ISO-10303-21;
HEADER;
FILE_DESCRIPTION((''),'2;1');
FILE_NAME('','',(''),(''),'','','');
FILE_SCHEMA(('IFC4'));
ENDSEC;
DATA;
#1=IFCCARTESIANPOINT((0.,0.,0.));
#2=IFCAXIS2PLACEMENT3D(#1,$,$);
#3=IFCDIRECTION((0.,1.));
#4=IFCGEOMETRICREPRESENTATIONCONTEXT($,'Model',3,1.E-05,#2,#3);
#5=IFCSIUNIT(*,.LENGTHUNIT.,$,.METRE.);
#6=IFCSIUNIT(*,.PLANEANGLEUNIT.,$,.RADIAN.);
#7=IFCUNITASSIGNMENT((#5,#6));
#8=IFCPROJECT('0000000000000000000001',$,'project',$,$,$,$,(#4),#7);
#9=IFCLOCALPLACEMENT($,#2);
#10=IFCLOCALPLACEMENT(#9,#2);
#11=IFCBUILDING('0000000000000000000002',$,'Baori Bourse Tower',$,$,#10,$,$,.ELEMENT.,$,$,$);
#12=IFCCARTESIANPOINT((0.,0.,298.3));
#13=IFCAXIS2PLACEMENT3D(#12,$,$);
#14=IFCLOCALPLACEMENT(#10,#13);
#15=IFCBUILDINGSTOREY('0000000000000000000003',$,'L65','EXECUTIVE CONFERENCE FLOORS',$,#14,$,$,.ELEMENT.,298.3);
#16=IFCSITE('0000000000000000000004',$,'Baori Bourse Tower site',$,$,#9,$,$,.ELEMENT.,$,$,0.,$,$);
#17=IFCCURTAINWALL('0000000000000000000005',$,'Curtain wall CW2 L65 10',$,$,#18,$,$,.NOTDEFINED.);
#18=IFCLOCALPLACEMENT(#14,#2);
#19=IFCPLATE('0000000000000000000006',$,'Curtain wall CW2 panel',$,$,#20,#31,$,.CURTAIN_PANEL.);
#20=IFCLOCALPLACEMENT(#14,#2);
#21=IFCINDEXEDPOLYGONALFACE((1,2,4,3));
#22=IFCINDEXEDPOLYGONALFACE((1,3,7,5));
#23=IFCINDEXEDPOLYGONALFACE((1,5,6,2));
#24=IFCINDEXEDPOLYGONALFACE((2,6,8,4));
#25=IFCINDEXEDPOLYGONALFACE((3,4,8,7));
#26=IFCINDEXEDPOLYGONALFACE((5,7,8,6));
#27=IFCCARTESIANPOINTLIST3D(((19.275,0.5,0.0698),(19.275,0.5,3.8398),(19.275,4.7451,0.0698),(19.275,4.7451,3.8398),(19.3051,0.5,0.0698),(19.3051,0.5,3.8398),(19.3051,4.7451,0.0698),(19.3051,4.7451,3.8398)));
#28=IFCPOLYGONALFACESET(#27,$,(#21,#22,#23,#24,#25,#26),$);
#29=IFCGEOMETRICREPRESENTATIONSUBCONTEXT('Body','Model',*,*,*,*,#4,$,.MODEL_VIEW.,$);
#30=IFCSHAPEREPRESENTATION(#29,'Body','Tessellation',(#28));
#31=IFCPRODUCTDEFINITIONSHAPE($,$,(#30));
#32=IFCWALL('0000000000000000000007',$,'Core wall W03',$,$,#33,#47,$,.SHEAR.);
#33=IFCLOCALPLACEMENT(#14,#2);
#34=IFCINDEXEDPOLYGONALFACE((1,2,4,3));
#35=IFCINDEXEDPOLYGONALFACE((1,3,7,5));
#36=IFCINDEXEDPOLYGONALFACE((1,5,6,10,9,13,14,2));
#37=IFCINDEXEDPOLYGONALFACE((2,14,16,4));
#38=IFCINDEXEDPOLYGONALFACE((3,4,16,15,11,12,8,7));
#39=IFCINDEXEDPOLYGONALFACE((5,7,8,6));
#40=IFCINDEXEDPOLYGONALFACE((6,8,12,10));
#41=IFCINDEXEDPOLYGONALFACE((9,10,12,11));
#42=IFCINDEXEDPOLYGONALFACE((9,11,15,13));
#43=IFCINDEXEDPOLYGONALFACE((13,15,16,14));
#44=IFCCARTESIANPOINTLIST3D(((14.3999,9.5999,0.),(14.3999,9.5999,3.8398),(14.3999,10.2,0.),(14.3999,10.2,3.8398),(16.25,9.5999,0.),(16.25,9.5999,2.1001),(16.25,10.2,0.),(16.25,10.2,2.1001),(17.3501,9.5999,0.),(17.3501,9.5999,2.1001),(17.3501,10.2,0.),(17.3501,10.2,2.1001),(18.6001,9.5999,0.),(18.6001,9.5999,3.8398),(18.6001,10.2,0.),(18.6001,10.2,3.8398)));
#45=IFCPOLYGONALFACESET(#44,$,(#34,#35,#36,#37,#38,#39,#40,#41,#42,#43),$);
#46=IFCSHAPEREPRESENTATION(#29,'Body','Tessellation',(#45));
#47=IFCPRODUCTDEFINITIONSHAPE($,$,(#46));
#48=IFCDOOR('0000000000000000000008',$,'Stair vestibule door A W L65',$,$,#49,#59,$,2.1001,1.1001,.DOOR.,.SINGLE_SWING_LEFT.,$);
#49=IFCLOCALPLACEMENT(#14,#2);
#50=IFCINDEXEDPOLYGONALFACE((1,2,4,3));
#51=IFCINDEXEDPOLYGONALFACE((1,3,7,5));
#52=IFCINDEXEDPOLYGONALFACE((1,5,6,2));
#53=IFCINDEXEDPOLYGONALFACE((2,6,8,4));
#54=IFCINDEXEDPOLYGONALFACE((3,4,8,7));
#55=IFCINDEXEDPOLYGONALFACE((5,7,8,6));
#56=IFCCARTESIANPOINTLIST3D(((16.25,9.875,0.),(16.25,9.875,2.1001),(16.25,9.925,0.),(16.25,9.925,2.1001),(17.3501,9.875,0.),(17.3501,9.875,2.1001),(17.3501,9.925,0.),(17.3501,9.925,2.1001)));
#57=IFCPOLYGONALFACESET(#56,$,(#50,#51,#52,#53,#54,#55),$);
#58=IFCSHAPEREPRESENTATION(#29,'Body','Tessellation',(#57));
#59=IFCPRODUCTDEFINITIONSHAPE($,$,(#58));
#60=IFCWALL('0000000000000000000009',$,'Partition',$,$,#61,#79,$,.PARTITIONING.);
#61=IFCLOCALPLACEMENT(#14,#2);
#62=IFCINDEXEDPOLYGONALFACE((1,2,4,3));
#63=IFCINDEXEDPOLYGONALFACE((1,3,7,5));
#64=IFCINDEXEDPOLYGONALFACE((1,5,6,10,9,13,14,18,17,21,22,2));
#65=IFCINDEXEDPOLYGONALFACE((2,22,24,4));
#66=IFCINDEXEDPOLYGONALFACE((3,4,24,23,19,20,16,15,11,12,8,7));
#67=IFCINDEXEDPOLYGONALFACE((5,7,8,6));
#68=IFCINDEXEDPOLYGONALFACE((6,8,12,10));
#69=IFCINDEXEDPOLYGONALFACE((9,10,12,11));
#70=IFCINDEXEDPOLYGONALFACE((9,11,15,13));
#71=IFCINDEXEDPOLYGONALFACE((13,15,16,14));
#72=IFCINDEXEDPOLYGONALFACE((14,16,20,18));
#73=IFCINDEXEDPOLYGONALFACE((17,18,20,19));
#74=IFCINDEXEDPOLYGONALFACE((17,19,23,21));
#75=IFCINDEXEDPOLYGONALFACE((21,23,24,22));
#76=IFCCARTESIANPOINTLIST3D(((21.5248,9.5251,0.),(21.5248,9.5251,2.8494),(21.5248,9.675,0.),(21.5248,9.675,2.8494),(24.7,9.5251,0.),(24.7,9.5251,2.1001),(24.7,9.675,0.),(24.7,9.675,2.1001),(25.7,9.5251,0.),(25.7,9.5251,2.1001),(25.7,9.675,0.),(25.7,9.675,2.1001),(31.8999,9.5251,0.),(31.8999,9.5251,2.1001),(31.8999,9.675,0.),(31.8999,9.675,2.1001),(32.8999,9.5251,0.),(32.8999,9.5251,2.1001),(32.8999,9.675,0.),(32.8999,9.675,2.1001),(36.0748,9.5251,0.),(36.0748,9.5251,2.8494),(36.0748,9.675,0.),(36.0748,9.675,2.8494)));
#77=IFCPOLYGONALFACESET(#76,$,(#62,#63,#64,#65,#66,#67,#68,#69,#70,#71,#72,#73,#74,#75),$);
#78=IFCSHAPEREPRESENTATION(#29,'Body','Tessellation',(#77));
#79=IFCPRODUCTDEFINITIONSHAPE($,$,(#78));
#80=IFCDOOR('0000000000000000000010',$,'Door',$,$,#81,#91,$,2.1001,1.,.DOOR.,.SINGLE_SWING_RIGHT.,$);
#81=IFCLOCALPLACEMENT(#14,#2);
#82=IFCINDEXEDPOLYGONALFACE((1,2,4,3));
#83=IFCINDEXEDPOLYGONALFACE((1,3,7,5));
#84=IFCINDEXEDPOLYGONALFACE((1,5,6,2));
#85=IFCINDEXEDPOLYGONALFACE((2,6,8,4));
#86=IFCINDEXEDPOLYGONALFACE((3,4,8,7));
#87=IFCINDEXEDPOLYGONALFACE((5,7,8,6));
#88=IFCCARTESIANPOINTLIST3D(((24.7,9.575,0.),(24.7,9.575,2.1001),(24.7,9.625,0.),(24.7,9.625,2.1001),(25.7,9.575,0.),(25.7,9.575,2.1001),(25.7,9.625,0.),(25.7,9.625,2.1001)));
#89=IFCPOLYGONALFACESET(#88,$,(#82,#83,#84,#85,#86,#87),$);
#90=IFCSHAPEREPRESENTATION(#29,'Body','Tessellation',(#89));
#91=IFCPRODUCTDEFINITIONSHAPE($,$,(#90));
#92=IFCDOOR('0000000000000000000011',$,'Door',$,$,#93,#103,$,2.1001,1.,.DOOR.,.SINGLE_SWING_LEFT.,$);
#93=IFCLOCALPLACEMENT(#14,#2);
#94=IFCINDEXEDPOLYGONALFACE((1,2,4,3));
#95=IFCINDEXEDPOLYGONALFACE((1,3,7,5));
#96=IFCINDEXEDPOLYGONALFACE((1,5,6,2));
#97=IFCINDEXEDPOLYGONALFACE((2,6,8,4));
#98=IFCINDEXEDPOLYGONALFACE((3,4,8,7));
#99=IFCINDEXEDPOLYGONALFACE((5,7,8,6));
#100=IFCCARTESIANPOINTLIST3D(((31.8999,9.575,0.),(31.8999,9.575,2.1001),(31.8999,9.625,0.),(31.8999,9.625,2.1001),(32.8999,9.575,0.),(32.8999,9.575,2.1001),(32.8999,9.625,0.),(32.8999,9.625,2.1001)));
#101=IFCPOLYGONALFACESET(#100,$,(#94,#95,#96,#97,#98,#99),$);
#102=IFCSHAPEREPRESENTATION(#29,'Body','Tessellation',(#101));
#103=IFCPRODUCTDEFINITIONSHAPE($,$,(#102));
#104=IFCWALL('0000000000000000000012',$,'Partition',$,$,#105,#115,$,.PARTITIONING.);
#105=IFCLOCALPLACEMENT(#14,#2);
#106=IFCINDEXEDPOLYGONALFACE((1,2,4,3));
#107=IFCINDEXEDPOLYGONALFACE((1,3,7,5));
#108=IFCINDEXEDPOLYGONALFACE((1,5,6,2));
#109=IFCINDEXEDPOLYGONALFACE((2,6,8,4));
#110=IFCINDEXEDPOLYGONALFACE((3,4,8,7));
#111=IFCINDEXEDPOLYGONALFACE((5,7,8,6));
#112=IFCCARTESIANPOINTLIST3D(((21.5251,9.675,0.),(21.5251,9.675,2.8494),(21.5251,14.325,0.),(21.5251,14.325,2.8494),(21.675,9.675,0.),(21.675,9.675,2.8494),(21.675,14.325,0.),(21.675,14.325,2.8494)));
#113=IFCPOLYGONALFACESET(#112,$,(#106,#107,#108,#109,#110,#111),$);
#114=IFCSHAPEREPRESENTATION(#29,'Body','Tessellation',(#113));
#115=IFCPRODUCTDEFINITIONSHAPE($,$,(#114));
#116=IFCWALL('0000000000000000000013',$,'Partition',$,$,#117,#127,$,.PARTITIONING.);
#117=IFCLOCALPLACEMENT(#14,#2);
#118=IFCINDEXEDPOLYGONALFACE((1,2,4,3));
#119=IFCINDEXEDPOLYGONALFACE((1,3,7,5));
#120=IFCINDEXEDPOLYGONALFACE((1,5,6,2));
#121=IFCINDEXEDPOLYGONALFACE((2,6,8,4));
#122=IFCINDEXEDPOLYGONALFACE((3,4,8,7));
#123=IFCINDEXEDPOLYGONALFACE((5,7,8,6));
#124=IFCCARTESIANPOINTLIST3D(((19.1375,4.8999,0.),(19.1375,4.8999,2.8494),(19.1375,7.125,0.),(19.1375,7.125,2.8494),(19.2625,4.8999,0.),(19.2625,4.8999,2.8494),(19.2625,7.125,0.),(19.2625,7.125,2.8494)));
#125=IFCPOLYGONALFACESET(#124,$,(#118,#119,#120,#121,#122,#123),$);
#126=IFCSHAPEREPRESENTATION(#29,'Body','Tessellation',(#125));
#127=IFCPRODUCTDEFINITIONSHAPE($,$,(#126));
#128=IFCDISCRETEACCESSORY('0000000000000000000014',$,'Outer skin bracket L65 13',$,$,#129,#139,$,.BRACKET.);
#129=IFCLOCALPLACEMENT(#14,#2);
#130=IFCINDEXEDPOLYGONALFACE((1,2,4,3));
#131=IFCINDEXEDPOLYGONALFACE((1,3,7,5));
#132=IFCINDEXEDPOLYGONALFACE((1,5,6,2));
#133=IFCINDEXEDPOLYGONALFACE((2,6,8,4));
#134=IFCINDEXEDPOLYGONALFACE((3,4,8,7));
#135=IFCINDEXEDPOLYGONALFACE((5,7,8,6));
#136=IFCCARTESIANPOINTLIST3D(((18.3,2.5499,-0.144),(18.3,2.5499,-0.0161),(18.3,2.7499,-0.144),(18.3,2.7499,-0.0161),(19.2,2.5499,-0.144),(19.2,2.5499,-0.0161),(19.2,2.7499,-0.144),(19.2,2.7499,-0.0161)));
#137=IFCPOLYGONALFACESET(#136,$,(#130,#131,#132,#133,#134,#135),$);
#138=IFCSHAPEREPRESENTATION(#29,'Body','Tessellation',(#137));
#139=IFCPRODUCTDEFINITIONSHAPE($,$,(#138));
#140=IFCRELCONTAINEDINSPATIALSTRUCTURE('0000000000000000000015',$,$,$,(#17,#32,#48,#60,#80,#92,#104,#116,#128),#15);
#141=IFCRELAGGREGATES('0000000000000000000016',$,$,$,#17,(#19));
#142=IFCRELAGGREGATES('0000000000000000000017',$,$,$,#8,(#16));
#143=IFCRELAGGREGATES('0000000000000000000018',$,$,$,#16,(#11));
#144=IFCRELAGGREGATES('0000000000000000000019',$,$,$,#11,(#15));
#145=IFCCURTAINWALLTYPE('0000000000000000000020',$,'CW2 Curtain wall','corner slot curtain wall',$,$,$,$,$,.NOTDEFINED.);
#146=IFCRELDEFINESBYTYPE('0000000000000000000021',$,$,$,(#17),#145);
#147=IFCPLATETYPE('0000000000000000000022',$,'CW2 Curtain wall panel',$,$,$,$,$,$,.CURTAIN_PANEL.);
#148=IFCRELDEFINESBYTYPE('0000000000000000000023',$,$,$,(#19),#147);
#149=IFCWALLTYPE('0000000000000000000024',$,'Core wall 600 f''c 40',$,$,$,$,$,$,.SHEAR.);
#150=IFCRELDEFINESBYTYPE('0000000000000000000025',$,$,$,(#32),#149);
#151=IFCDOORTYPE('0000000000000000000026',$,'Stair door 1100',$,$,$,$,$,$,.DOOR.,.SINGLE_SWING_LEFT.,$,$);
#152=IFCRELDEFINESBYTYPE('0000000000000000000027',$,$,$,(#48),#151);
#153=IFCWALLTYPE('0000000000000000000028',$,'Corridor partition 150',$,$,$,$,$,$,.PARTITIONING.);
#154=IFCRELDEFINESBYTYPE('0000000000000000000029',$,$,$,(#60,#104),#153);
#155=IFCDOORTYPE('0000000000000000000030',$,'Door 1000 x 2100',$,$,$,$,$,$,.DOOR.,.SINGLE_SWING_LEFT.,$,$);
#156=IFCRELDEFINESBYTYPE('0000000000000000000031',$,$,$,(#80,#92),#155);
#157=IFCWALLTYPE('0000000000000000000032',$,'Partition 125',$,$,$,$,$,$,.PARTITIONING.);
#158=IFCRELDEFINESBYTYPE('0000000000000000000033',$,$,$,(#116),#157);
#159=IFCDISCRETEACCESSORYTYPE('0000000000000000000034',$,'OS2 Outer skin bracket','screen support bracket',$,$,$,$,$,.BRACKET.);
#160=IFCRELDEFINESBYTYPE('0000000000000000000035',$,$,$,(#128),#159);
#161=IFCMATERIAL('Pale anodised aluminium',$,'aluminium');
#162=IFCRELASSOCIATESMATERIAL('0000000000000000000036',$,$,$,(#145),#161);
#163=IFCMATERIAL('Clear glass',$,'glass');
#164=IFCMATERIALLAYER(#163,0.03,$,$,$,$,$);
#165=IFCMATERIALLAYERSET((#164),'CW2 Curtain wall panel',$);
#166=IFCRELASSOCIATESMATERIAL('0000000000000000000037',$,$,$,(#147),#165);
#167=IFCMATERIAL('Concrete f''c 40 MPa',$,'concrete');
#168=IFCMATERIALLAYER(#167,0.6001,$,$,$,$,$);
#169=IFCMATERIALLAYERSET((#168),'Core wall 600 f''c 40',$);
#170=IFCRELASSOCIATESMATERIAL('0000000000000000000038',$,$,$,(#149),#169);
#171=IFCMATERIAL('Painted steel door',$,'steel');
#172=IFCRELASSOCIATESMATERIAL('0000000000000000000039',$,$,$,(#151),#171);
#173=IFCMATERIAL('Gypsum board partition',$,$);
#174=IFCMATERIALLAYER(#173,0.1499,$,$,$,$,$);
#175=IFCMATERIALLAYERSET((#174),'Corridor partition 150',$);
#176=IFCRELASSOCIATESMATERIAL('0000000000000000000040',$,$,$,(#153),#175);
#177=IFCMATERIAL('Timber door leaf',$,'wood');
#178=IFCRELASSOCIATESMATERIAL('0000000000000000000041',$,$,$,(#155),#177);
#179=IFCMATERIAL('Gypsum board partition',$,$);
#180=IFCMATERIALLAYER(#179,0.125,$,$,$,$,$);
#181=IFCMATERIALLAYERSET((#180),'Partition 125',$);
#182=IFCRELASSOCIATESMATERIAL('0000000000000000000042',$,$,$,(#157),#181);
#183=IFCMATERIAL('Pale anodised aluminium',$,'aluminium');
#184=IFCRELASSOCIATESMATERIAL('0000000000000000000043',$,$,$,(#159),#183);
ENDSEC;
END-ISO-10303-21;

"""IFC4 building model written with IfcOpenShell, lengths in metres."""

from ifc_helpers import new_model, si_unit, direction, frame, frame_2d, origin, origin_2d, place, context, subcontext, project, spatial, rectangle, extrude, material, layer, layer_set, type_object, element, fill, aggregate, save


model = new_model("IFC4")

# Units and contexts
model_context = context("Model", 3, precision=1e-05, world=origin(), true_north=direction((0.0, 1.0)))
body_context = subcontext(model_context, "Body", "Model", "MODEL_VIEW")
ifc_project = project(units=[si_unit("LENGTHUNIT", "METRE"), si_unit("PLANEANGLEUNIT", "RADIAN")], contexts=[model_context])

# Site, building, storey
site_placement = place(None, origin())
site = spatial("IfcSite", under=ifc_project, at=site_placement, Name="Baori Bourse Tower site", CompositionType="ELEMENT", RefElevation=0.0)
building_placement = place(site_placement, origin())
building = spatial("IfcBuilding", under=site, at=building_placement, Name="Baori Bourse Tower", CompositionType="ELEMENT")
storey_placement = place(building_placement, frame((0.0, 0.0, 298.3)))
storey = spatial("IfcBuildingStorey", under=building, at=storey_placement, Name="L65", Description="EXECUTIVE CONFERENCE FLOORS", CompositionType="ELEMENT", Elevation=298.3)

# Curtain wall
ifc_material_1 = material(Name="Pale anodised aluminium", Category="aluminium")
curtain_wall_type_1 = type_object("IfcCurtainWallType", Name="CW2 Curtain wall", Description="corner slot curtain wall", PredefinedType="NOTDEFINED", material=ifc_material_1)
curtain_wall_1_placement = place(storey_placement, origin())
curtain_wall_1 = element("IfcCurtainWall", 1, at=curtain_wall_1_placement, inside=storey, type_object=curtain_wall_type_1, Name="Curtain wall CW2 L65 10", PredefinedType="NOTDEFINED")

# Plate
ifc_material_2 = material(Name="Clear glass", Category="glass")
ifc_layer_1 = layer(ifc_material_2, 0.03)
ifc_layer_set_1 = layer_set([ifc_layer_1], Name="CW2 Curtain wall panel")
plate_type = type_object("IfcPlateType", Name="CW2 Curtain wall panel", PredefinedType="CURTAIN_PANEL", material=ifc_layer_set_1)
plate_placement = place(storey_placement, frame((19.29, 2.6226, 0.0698), z_axis=(0.0, 0.0, 1.0), x_axis=(0.0, -1.0, 0.0)))
plate = element("IfcPlate", 2, at=plate_placement, type_object=plate_type, Name="Curtain wall CW2 panel", PredefinedType="CURTAIN_PANEL", context=body_context, shape_type="SweptSolid", body=[
    extrude(rectangle(XDim=4.2451, YDim=0.03, at=origin_2d()), origin(), (0.0, 0.0, 1.0), 3.77),
])
aggregate(curtain_wall_1, [plate])

# Wall, opening, door
ifc_material_3 = material(Name="Concrete f'c 40 MPa", Category="concrete")
ifc_layer_2 = layer(ifc_material_3, 0.6001)
ifc_layer_set_2 = layer_set([ifc_layer_2], Name="Core wall 600 f'c 40")
wall_type_1 = type_object("IfcWallType", Name="Core wall 600 f'c 40", PredefinedType="SHEAR", material=ifc_layer_set_2)
wall_1_placement = place(storey_placement, frame((18.6001, 9.8999, 0.0), z_axis=(0.0, 0.0, 1.0), x_axis=(-1.0, 0.0, 0.0)))
wall_1 = element("IfcWall", 3, at=wall_1_placement, inside=storey, type_object=wall_type_1, Name="Core wall W03", PredefinedType="SHEAR", context=body_context, shape_type="SweptSolid", body=[
    extrude(rectangle(XDim=4.2002, YDim=0.6001, at=frame_2d((2.1001, 0.0))), origin(), (0.0, 0.0, 1.0), 3.8398),
])
opening_1_placement = place(wall_1_placement, frame((1.25, 0.0, 0.0)))
opening_1 = element("IfcOpeningElement", 4, at=opening_1_placement, cuts=wall_1, PredefinedType="OPENING", context=body_context, shape_type="SweptSolid", body=[
    extrude(rectangle(XDim=1.1001, YDim=2.1001, at=frame_2d((0.55, 1.05))), frame((0.0, 0.3101, 0.0), z_axis=(0.0, -1.0, 0.0), x_axis=(1.0, 0.0, 0.0)), (0.0, 0.0, 1.0), 0.6201),
])
ifc_material_4 = material(Name="Painted steel door", Category="steel")
door_type_1 = type_object("IfcDoorType", Name="Stair door 1100", OperationType="SINGLE_SWING_LEFT", PredefinedType="DOOR", material=ifc_material_4)
door_1_placement = place(opening_1_placement, origin())
door_1 = element("IfcDoor", 5, at=door_1_placement, inside=storey, type_object=door_type_1, Name="Stair vestibule door A W L65", OperationType="SINGLE_SWING_LEFT", OverallHeight=2.1001, OverallWidth=1.1001, PredefinedType="DOOR", context=body_context, shape_type="SweptSolid", body=[
    extrude(rectangle(XDim=1.1001, YDim=2.1001, at=frame_2d((0.55, 1.05))), frame((0.0, 0.0249, 0.0), z_axis=(0.0, -1.0, 0.0), x_axis=(1.0, 0.0, 0.0)), (0.0, 0.0, 1.0), 0.05),
])
fill(opening_1, door_1)

# Wall, openings, doors
ifc_material_5 = material(Name="Gypsum board partition")
ifc_layer_3 = layer(ifc_material_5, 0.1499)
ifc_layer_set_3 = layer_set([ifc_layer_3], Name="Corridor partition 150")
wall_type_2 = type_object("IfcWallType", Name="Corridor partition 150", PredefinedType="PARTITIONING", material=ifc_layer_set_3)
wall_2_placement = place(storey_placement, frame((21.5249, 9.6001, 0.0), z_axis=(0.0, 0.0, 1.0), x_axis=(1.0, 0.0, 0.0)))
wall_2 = element("IfcWall", 6, at=wall_2_placement, inside=storey, type_object=wall_type_2, Name="Partition", PredefinedType="PARTITIONING", context=body_context, shape_type="SweptSolid", body=[
    extrude(rectangle(XDim=14.55, YDim=0.1499, at=frame_2d((7.2749, 0.0))), origin(), (0.0, 0.0, 1.0), 2.8494),
])
opening_2_placement = place(wall_2_placement, frame((3.175, 0.0, 0.0)))
opening_2 = element("IfcOpeningElement", 7, at=opening_2_placement, cuts=wall_2, PredefinedType="OPENING", context=body_context, shape_type="SweptSolid", body=[
    extrude(rectangle(XDim=1.0, YDim=2.1001, at=frame_2d((0.5, 1.05))), frame((0.0, 0.085, 0.0), z_axis=(0.0, -1.0, 0.0), x_axis=(1.0, 0.0, 0.0)), (0.0, 0.0, 1.0), 0.1699),
])
opening_3_placement = place(wall_2_placement, frame((10.375, 0.0, 0.0)))
opening_3 = element("IfcOpeningElement", 8, at=opening_3_placement, cuts=wall_2, PredefinedType="OPENING", context=body_context, shape_type="SweptSolid", body=[
    extrude(rectangle(XDim=1.0, YDim=2.1001, at=frame_2d((0.5, 1.05))), frame((0.0, 0.085, 0.0), z_axis=(0.0, -1.0, 0.0), x_axis=(1.0, 0.0, 0.0)), (0.0, 0.0, 1.0), 0.1699),
])
ifc_material_6 = material(Name="Timber door leaf", Category="wood")
door_type_2 = type_object("IfcDoorType", Name="Door 1000 x 2100", OperationType="SINGLE_SWING_LEFT", PredefinedType="DOOR", material=ifc_material_6)
door_2_placement = place(opening_2_placement, origin())
door_2 = element("IfcDoor", 9, at=door_2_placement, inside=storey, type_object=door_type_2, Name="Door", OperationType="SINGLE_SWING_RIGHT", OverallHeight=2.1001, OverallWidth=1.0, PredefinedType="DOOR", context=body_context, shape_type="SweptSolid", body=[
    extrude(rectangle(XDim=1.0, YDim=2.1001, at=frame_2d((0.5, 1.05))), frame((0.0, 0.0249, 0.0), z_axis=(0.0, -1.0, 0.0), x_axis=(1.0, 0.0, 0.0)), (0.0, 0.0, 1.0), 0.05),
])
fill(opening_2, door_2)
door_3_placement = place(opening_3_placement, origin())
door_3 = element("IfcDoor", 10, at=door_3_placement, inside=storey, type_object=door_type_2, Name="Door", OperationType="SINGLE_SWING_LEFT", OverallHeight=2.1001, OverallWidth=1.0, PredefinedType="DOOR", context=body_context, shape_type="SweptSolid", body=[
    extrude(rectangle(XDim=1.0, YDim=2.1001, at=frame_2d((0.5, 1.05))), frame((0.0, 0.0249, 0.0), z_axis=(0.0, -1.0, 0.0), x_axis=(1.0, 0.0, 0.0)), (0.0, 0.0, 1.0), 0.05),
])
fill(opening_3, door_3)

# Walls
wall_3_placement = place(storey_placement, frame((21.6001, 9.675, 0.0), z_axis=(0.0, 0.0, 1.0), x_axis=(0.0, 1.0, 0.0)))
element("IfcWall", 11, at=wall_3_placement, inside=storey, type_object=wall_type_2, Name="Partition", PredefinedType="PARTITIONING", context=body_context, shape_type="SweptSolid", body=[
    extrude(rectangle(XDim=4.6499, YDim=0.1499, at=frame_2d((2.325, 0.0))), origin(), (0.0, 0.0, 1.0), 2.8494),
])
ifc_material_7 = material(Name="Gypsum board partition")
ifc_layer_4 = layer(ifc_material_7, 0.125)
ifc_layer_set_4 = layer_set([ifc_layer_4], Name="Partition 125")
wall_type_3 = type_object("IfcWallType", Name="Partition 125", PredefinedType="PARTITIONING", material=ifc_layer_set_4)
wall_4_placement = place(storey_placement, frame((19.2, 4.8999, 0.0), z_axis=(0.0, 0.0, 1.0), x_axis=(0.0, 1.0, 0.0)))
element("IfcWall", 12, at=wall_4_placement, inside=storey, type_object=wall_type_3, Name="Partition", PredefinedType="PARTITIONING", context=body_context, shape_type="SweptSolid", body=[
    extrude(rectangle(XDim=2.2251, YDim=0.125, at=frame_2d((1.1125, 0.0))), origin(), (0.0, 0.0, 1.0), 2.8494),
])

# Discrete accessory
ifc_material_8 = material(Name="Pale anodised aluminium", Category="aluminium")
discrete_accessory_type = type_object("IfcDiscreteAccessoryType", Name="OS2 Outer skin bracket", Description="screen support bracket", PredefinedType="BRACKET", material=ifc_material_8)
discrete_accessory_placement = place(storey_placement, frame((18.75, 2.6499, -0.144), z_axis=(0.0, 0.0, 1.0), x_axis=(0.0, -1.0, 0.0)))
element("IfcDiscreteAccessory", 13, at=discrete_accessory_placement, inside=storey, type_object=discrete_accessory_type, Name="Outer skin bracket L65 13", PredefinedType="BRACKET", context=body_context, shape_type="SweptSolid", body=[
    extrude(rectangle(XDim=0.2, YDim=0.8999, at=origin_2d()), origin(), (0.0, 0.0, 1.0), 0.1279),
])

save(model, "model.ifc")
